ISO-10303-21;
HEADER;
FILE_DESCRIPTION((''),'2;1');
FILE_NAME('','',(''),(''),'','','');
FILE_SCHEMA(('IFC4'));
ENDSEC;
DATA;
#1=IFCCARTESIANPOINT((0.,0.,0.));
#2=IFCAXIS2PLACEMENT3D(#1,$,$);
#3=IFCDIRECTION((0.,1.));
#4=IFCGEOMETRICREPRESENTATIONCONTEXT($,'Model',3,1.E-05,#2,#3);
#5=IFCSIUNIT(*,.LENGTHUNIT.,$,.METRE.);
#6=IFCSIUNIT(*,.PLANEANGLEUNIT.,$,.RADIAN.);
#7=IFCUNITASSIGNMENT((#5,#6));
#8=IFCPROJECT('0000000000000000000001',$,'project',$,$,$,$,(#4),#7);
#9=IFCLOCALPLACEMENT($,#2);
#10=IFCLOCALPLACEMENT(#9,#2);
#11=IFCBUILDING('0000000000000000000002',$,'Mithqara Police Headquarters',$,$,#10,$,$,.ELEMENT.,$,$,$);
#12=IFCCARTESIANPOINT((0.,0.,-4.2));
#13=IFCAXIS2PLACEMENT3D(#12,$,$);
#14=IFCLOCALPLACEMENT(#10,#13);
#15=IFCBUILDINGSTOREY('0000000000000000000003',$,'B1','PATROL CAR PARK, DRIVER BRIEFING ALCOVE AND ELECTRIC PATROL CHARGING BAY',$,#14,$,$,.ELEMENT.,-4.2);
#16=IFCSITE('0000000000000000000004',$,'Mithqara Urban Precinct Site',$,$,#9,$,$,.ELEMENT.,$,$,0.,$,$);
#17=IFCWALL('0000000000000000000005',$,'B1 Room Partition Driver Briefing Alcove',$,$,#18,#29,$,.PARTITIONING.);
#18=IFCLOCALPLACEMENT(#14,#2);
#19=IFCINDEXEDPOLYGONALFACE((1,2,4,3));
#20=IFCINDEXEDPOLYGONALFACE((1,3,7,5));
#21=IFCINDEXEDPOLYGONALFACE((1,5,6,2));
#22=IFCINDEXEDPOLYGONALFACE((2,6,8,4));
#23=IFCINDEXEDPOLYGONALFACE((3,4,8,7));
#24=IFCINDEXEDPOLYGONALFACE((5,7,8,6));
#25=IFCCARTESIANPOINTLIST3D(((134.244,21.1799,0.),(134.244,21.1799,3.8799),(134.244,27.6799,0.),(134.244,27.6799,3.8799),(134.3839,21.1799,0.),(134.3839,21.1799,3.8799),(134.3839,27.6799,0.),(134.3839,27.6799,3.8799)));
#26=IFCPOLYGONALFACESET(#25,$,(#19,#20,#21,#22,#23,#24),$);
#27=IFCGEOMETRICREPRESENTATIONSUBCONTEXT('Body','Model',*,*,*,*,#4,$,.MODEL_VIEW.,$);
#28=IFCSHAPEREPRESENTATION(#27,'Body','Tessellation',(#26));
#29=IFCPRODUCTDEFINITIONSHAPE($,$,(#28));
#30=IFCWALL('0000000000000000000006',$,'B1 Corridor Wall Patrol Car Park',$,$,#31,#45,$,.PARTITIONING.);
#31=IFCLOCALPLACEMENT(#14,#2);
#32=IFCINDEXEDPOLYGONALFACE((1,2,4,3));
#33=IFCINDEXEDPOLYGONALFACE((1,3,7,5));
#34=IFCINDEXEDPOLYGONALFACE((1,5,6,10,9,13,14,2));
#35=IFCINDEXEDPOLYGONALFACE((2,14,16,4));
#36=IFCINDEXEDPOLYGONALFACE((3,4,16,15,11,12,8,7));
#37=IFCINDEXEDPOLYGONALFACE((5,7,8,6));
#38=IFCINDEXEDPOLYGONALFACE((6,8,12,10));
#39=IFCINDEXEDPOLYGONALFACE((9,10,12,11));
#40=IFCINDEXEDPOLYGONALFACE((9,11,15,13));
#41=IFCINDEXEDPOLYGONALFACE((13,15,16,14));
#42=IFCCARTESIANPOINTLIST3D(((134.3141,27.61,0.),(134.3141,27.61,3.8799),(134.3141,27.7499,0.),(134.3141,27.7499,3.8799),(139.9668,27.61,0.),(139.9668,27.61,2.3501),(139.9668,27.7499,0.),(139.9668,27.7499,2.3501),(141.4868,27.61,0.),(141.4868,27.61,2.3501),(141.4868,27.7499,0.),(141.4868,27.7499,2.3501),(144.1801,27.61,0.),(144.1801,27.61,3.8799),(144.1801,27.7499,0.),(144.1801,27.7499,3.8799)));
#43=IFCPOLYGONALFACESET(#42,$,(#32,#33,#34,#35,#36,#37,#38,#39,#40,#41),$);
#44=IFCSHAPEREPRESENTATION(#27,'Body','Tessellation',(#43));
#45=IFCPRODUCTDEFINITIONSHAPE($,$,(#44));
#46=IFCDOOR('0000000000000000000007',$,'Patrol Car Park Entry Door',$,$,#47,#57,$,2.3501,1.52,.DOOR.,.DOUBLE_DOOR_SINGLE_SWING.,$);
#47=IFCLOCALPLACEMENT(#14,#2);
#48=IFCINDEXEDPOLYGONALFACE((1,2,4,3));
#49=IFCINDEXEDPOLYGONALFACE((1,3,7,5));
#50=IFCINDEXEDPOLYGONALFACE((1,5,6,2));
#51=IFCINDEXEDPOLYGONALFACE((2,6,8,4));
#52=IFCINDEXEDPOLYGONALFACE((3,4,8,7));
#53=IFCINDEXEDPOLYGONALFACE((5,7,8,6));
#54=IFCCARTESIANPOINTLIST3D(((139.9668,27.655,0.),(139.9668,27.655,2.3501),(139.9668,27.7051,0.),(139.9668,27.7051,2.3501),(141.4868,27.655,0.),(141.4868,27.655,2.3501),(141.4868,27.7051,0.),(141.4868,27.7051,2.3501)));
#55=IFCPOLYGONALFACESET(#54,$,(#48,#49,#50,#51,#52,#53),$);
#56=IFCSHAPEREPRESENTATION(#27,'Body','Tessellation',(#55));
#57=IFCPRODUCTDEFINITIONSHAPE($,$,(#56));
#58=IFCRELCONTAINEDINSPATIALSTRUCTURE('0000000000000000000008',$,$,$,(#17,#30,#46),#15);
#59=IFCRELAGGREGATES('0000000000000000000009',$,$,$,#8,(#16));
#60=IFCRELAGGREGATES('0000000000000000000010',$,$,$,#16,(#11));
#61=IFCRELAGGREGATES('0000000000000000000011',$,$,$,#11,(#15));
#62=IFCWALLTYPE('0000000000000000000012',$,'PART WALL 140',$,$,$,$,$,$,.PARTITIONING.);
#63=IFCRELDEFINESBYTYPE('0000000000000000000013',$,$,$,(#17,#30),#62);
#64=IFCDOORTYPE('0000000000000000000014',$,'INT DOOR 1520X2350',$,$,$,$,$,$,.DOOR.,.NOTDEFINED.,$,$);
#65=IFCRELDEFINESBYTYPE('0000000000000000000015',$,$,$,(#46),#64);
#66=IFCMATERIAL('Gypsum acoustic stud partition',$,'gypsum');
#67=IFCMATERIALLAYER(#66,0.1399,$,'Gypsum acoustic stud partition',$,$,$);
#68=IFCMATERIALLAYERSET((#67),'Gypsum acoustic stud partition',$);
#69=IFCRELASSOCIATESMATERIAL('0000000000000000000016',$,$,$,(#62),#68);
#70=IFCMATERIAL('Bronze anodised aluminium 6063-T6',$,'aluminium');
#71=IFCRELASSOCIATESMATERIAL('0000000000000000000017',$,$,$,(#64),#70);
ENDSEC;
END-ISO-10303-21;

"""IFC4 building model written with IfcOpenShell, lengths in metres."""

from ifc_helpers import new_model, si_unit, direction, frame, frame_2d, origin, place, context, subcontext, project, spatial, rectangle, extrude, material, layer, layer_set, type_object, element, fill, save


model = new_model("IFC4")

# Units and contexts
model_context = context("Model", 3, precision=1e-05, world=origin(), true_north=direction((0.0, 1.0)))
body_context = subcontext(model_context, "Body", "Model", "MODEL_VIEW")
ifc_project = project(units=[si_unit("LENGTHUNIT", "METRE"), si_unit("PLANEANGLEUNIT", "RADIAN")], contexts=[model_context])

# Site, building, storey
site_placement = place(None, origin())
site = spatial("IfcSite", under=ifc_project, at=site_placement, Name="Mithqara Urban Precinct Site", CompositionType="ELEMENT", RefElevation=0.0)
building_placement = place(site_placement, origin())
building = spatial("IfcBuilding", under=site, at=building_placement, Name="Mithqara Police Headquarters", CompositionType="ELEMENT")
storey_placement = place(building_placement, frame((0.0, 0.0, -4.2)))
storey = spatial("IfcBuildingStorey", under=building, at=storey_placement, Name="B1", Description="PATROL CAR PARK, DRIVER BRIEFING ALCOVE AND ELECTRIC PATROL CHARGING BAY", CompositionType="ELEMENT", Elevation=-4.2)

# Wall
ifc_material_1 = material(Name="Gypsum acoustic stud partition", Category="gypsum")
ifc_layer = layer(ifc_material_1, 0.1399, Name="Gypsum acoustic stud partition")
ifc_layer_set = layer_set([ifc_layer], Name="Gypsum acoustic stud partition")
wall_type = type_object("IfcWallType", Name="PART WALL 140", PredefinedType="PARTITIONING", material=ifc_layer_set)
wall_1_placement = place(storey_placement, frame((134.314, 21.1799, 0.0), z_axis=(0.0, 0.0, 1.0), x_axis=(0.0, 1.0, 0.0)))
element("IfcWall", 1, at=wall_1_placement, inside=storey, type_object=wall_type, Name="B1 Room Partition Driver Briefing Alcove", PredefinedType="PARTITIONING", context=body_context, shape_type="SweptSolid", body=[
    extrude(rectangle(XDim=6.5, YDim=0.1399, at=frame_2d((3.25, 0.0))), origin(), (0.0, 0.0, 1.0), 3.8799),
])

# Wall, opening, door
wall_2_placement = place(storey_placement, frame((134.314, 27.6799, 0.0), z_axis=(0.0, 0.0, 1.0), x_axis=(1.0, 0.0, 0.0)))
wall_2 = element("IfcWall", 2, at=wall_2_placement, inside=storey, type_object=wall_type, Name="B1 Corridor Wall Patrol Car Park", PredefinedType="PARTITIONING", context=body_context, shape_type="SweptSolid", body=[
    extrude(rectangle(XDim=9.866, YDim=0.1399, at=frame_2d((4.9331, 0.0))), origin(), (0.0, 0.0, 1.0), 3.8799),
])
opening_placement = place(wall_2_placement, frame((5.6528, 0.0, 0.0)))
opening = element("IfcOpeningElement", 3, at=opening_placement, cuts=wall_2, PredefinedType="OPENING", context=body_context, shape_type="SweptSolid", body=[
    extrude(rectangle(XDim=1.52, YDim=2.3501, at=frame_2d((0.76, 1.175))), frame((0.0, 0.0801, 0.0), z_axis=(0.0, -1.0, 0.0), x_axis=(1.0, 0.0, 0.0)), (0.0, 0.0, 1.0), 0.1599),
])
ifc_material_2 = material(Name="Bronze anodised aluminium 6063-T6", Category="aluminium")
door_type = type_object("IfcDoorType", Name="INT DOOR 1520X2350", OperationType="NOTDEFINED", PredefinedType="DOOR", material=ifc_material_2)
door_placement = place(opening_placement, frame((1.52, 0.0, 0.0), z_axis=(0.0, 0.0, 1.0), x_axis=(-1.0, 0.0, 0.0)))
door = element("IfcDoor", 4, at=door_placement, inside=storey, type_object=door_type, Name="Patrol Car Park Entry Door", OperationType="DOUBLE_DOOR_SINGLE_SWING", OverallHeight=2.3501, OverallWidth=1.52, PredefinedType="DOOR", context=body_context, shape_type="SweptSolid", body=[
    extrude(rectangle(XDim=1.52, YDim=2.3501, at=frame_2d((0.76, 1.175))), frame((0.0, 0.0249, 0.0), z_axis=(0.0, -1.0, 0.0), x_axis=(1.0, 0.0, 0.0)), (0.0, 0.0, 1.0), 0.05),
])
fill(opening, door)

save(model, "model.ifc")
